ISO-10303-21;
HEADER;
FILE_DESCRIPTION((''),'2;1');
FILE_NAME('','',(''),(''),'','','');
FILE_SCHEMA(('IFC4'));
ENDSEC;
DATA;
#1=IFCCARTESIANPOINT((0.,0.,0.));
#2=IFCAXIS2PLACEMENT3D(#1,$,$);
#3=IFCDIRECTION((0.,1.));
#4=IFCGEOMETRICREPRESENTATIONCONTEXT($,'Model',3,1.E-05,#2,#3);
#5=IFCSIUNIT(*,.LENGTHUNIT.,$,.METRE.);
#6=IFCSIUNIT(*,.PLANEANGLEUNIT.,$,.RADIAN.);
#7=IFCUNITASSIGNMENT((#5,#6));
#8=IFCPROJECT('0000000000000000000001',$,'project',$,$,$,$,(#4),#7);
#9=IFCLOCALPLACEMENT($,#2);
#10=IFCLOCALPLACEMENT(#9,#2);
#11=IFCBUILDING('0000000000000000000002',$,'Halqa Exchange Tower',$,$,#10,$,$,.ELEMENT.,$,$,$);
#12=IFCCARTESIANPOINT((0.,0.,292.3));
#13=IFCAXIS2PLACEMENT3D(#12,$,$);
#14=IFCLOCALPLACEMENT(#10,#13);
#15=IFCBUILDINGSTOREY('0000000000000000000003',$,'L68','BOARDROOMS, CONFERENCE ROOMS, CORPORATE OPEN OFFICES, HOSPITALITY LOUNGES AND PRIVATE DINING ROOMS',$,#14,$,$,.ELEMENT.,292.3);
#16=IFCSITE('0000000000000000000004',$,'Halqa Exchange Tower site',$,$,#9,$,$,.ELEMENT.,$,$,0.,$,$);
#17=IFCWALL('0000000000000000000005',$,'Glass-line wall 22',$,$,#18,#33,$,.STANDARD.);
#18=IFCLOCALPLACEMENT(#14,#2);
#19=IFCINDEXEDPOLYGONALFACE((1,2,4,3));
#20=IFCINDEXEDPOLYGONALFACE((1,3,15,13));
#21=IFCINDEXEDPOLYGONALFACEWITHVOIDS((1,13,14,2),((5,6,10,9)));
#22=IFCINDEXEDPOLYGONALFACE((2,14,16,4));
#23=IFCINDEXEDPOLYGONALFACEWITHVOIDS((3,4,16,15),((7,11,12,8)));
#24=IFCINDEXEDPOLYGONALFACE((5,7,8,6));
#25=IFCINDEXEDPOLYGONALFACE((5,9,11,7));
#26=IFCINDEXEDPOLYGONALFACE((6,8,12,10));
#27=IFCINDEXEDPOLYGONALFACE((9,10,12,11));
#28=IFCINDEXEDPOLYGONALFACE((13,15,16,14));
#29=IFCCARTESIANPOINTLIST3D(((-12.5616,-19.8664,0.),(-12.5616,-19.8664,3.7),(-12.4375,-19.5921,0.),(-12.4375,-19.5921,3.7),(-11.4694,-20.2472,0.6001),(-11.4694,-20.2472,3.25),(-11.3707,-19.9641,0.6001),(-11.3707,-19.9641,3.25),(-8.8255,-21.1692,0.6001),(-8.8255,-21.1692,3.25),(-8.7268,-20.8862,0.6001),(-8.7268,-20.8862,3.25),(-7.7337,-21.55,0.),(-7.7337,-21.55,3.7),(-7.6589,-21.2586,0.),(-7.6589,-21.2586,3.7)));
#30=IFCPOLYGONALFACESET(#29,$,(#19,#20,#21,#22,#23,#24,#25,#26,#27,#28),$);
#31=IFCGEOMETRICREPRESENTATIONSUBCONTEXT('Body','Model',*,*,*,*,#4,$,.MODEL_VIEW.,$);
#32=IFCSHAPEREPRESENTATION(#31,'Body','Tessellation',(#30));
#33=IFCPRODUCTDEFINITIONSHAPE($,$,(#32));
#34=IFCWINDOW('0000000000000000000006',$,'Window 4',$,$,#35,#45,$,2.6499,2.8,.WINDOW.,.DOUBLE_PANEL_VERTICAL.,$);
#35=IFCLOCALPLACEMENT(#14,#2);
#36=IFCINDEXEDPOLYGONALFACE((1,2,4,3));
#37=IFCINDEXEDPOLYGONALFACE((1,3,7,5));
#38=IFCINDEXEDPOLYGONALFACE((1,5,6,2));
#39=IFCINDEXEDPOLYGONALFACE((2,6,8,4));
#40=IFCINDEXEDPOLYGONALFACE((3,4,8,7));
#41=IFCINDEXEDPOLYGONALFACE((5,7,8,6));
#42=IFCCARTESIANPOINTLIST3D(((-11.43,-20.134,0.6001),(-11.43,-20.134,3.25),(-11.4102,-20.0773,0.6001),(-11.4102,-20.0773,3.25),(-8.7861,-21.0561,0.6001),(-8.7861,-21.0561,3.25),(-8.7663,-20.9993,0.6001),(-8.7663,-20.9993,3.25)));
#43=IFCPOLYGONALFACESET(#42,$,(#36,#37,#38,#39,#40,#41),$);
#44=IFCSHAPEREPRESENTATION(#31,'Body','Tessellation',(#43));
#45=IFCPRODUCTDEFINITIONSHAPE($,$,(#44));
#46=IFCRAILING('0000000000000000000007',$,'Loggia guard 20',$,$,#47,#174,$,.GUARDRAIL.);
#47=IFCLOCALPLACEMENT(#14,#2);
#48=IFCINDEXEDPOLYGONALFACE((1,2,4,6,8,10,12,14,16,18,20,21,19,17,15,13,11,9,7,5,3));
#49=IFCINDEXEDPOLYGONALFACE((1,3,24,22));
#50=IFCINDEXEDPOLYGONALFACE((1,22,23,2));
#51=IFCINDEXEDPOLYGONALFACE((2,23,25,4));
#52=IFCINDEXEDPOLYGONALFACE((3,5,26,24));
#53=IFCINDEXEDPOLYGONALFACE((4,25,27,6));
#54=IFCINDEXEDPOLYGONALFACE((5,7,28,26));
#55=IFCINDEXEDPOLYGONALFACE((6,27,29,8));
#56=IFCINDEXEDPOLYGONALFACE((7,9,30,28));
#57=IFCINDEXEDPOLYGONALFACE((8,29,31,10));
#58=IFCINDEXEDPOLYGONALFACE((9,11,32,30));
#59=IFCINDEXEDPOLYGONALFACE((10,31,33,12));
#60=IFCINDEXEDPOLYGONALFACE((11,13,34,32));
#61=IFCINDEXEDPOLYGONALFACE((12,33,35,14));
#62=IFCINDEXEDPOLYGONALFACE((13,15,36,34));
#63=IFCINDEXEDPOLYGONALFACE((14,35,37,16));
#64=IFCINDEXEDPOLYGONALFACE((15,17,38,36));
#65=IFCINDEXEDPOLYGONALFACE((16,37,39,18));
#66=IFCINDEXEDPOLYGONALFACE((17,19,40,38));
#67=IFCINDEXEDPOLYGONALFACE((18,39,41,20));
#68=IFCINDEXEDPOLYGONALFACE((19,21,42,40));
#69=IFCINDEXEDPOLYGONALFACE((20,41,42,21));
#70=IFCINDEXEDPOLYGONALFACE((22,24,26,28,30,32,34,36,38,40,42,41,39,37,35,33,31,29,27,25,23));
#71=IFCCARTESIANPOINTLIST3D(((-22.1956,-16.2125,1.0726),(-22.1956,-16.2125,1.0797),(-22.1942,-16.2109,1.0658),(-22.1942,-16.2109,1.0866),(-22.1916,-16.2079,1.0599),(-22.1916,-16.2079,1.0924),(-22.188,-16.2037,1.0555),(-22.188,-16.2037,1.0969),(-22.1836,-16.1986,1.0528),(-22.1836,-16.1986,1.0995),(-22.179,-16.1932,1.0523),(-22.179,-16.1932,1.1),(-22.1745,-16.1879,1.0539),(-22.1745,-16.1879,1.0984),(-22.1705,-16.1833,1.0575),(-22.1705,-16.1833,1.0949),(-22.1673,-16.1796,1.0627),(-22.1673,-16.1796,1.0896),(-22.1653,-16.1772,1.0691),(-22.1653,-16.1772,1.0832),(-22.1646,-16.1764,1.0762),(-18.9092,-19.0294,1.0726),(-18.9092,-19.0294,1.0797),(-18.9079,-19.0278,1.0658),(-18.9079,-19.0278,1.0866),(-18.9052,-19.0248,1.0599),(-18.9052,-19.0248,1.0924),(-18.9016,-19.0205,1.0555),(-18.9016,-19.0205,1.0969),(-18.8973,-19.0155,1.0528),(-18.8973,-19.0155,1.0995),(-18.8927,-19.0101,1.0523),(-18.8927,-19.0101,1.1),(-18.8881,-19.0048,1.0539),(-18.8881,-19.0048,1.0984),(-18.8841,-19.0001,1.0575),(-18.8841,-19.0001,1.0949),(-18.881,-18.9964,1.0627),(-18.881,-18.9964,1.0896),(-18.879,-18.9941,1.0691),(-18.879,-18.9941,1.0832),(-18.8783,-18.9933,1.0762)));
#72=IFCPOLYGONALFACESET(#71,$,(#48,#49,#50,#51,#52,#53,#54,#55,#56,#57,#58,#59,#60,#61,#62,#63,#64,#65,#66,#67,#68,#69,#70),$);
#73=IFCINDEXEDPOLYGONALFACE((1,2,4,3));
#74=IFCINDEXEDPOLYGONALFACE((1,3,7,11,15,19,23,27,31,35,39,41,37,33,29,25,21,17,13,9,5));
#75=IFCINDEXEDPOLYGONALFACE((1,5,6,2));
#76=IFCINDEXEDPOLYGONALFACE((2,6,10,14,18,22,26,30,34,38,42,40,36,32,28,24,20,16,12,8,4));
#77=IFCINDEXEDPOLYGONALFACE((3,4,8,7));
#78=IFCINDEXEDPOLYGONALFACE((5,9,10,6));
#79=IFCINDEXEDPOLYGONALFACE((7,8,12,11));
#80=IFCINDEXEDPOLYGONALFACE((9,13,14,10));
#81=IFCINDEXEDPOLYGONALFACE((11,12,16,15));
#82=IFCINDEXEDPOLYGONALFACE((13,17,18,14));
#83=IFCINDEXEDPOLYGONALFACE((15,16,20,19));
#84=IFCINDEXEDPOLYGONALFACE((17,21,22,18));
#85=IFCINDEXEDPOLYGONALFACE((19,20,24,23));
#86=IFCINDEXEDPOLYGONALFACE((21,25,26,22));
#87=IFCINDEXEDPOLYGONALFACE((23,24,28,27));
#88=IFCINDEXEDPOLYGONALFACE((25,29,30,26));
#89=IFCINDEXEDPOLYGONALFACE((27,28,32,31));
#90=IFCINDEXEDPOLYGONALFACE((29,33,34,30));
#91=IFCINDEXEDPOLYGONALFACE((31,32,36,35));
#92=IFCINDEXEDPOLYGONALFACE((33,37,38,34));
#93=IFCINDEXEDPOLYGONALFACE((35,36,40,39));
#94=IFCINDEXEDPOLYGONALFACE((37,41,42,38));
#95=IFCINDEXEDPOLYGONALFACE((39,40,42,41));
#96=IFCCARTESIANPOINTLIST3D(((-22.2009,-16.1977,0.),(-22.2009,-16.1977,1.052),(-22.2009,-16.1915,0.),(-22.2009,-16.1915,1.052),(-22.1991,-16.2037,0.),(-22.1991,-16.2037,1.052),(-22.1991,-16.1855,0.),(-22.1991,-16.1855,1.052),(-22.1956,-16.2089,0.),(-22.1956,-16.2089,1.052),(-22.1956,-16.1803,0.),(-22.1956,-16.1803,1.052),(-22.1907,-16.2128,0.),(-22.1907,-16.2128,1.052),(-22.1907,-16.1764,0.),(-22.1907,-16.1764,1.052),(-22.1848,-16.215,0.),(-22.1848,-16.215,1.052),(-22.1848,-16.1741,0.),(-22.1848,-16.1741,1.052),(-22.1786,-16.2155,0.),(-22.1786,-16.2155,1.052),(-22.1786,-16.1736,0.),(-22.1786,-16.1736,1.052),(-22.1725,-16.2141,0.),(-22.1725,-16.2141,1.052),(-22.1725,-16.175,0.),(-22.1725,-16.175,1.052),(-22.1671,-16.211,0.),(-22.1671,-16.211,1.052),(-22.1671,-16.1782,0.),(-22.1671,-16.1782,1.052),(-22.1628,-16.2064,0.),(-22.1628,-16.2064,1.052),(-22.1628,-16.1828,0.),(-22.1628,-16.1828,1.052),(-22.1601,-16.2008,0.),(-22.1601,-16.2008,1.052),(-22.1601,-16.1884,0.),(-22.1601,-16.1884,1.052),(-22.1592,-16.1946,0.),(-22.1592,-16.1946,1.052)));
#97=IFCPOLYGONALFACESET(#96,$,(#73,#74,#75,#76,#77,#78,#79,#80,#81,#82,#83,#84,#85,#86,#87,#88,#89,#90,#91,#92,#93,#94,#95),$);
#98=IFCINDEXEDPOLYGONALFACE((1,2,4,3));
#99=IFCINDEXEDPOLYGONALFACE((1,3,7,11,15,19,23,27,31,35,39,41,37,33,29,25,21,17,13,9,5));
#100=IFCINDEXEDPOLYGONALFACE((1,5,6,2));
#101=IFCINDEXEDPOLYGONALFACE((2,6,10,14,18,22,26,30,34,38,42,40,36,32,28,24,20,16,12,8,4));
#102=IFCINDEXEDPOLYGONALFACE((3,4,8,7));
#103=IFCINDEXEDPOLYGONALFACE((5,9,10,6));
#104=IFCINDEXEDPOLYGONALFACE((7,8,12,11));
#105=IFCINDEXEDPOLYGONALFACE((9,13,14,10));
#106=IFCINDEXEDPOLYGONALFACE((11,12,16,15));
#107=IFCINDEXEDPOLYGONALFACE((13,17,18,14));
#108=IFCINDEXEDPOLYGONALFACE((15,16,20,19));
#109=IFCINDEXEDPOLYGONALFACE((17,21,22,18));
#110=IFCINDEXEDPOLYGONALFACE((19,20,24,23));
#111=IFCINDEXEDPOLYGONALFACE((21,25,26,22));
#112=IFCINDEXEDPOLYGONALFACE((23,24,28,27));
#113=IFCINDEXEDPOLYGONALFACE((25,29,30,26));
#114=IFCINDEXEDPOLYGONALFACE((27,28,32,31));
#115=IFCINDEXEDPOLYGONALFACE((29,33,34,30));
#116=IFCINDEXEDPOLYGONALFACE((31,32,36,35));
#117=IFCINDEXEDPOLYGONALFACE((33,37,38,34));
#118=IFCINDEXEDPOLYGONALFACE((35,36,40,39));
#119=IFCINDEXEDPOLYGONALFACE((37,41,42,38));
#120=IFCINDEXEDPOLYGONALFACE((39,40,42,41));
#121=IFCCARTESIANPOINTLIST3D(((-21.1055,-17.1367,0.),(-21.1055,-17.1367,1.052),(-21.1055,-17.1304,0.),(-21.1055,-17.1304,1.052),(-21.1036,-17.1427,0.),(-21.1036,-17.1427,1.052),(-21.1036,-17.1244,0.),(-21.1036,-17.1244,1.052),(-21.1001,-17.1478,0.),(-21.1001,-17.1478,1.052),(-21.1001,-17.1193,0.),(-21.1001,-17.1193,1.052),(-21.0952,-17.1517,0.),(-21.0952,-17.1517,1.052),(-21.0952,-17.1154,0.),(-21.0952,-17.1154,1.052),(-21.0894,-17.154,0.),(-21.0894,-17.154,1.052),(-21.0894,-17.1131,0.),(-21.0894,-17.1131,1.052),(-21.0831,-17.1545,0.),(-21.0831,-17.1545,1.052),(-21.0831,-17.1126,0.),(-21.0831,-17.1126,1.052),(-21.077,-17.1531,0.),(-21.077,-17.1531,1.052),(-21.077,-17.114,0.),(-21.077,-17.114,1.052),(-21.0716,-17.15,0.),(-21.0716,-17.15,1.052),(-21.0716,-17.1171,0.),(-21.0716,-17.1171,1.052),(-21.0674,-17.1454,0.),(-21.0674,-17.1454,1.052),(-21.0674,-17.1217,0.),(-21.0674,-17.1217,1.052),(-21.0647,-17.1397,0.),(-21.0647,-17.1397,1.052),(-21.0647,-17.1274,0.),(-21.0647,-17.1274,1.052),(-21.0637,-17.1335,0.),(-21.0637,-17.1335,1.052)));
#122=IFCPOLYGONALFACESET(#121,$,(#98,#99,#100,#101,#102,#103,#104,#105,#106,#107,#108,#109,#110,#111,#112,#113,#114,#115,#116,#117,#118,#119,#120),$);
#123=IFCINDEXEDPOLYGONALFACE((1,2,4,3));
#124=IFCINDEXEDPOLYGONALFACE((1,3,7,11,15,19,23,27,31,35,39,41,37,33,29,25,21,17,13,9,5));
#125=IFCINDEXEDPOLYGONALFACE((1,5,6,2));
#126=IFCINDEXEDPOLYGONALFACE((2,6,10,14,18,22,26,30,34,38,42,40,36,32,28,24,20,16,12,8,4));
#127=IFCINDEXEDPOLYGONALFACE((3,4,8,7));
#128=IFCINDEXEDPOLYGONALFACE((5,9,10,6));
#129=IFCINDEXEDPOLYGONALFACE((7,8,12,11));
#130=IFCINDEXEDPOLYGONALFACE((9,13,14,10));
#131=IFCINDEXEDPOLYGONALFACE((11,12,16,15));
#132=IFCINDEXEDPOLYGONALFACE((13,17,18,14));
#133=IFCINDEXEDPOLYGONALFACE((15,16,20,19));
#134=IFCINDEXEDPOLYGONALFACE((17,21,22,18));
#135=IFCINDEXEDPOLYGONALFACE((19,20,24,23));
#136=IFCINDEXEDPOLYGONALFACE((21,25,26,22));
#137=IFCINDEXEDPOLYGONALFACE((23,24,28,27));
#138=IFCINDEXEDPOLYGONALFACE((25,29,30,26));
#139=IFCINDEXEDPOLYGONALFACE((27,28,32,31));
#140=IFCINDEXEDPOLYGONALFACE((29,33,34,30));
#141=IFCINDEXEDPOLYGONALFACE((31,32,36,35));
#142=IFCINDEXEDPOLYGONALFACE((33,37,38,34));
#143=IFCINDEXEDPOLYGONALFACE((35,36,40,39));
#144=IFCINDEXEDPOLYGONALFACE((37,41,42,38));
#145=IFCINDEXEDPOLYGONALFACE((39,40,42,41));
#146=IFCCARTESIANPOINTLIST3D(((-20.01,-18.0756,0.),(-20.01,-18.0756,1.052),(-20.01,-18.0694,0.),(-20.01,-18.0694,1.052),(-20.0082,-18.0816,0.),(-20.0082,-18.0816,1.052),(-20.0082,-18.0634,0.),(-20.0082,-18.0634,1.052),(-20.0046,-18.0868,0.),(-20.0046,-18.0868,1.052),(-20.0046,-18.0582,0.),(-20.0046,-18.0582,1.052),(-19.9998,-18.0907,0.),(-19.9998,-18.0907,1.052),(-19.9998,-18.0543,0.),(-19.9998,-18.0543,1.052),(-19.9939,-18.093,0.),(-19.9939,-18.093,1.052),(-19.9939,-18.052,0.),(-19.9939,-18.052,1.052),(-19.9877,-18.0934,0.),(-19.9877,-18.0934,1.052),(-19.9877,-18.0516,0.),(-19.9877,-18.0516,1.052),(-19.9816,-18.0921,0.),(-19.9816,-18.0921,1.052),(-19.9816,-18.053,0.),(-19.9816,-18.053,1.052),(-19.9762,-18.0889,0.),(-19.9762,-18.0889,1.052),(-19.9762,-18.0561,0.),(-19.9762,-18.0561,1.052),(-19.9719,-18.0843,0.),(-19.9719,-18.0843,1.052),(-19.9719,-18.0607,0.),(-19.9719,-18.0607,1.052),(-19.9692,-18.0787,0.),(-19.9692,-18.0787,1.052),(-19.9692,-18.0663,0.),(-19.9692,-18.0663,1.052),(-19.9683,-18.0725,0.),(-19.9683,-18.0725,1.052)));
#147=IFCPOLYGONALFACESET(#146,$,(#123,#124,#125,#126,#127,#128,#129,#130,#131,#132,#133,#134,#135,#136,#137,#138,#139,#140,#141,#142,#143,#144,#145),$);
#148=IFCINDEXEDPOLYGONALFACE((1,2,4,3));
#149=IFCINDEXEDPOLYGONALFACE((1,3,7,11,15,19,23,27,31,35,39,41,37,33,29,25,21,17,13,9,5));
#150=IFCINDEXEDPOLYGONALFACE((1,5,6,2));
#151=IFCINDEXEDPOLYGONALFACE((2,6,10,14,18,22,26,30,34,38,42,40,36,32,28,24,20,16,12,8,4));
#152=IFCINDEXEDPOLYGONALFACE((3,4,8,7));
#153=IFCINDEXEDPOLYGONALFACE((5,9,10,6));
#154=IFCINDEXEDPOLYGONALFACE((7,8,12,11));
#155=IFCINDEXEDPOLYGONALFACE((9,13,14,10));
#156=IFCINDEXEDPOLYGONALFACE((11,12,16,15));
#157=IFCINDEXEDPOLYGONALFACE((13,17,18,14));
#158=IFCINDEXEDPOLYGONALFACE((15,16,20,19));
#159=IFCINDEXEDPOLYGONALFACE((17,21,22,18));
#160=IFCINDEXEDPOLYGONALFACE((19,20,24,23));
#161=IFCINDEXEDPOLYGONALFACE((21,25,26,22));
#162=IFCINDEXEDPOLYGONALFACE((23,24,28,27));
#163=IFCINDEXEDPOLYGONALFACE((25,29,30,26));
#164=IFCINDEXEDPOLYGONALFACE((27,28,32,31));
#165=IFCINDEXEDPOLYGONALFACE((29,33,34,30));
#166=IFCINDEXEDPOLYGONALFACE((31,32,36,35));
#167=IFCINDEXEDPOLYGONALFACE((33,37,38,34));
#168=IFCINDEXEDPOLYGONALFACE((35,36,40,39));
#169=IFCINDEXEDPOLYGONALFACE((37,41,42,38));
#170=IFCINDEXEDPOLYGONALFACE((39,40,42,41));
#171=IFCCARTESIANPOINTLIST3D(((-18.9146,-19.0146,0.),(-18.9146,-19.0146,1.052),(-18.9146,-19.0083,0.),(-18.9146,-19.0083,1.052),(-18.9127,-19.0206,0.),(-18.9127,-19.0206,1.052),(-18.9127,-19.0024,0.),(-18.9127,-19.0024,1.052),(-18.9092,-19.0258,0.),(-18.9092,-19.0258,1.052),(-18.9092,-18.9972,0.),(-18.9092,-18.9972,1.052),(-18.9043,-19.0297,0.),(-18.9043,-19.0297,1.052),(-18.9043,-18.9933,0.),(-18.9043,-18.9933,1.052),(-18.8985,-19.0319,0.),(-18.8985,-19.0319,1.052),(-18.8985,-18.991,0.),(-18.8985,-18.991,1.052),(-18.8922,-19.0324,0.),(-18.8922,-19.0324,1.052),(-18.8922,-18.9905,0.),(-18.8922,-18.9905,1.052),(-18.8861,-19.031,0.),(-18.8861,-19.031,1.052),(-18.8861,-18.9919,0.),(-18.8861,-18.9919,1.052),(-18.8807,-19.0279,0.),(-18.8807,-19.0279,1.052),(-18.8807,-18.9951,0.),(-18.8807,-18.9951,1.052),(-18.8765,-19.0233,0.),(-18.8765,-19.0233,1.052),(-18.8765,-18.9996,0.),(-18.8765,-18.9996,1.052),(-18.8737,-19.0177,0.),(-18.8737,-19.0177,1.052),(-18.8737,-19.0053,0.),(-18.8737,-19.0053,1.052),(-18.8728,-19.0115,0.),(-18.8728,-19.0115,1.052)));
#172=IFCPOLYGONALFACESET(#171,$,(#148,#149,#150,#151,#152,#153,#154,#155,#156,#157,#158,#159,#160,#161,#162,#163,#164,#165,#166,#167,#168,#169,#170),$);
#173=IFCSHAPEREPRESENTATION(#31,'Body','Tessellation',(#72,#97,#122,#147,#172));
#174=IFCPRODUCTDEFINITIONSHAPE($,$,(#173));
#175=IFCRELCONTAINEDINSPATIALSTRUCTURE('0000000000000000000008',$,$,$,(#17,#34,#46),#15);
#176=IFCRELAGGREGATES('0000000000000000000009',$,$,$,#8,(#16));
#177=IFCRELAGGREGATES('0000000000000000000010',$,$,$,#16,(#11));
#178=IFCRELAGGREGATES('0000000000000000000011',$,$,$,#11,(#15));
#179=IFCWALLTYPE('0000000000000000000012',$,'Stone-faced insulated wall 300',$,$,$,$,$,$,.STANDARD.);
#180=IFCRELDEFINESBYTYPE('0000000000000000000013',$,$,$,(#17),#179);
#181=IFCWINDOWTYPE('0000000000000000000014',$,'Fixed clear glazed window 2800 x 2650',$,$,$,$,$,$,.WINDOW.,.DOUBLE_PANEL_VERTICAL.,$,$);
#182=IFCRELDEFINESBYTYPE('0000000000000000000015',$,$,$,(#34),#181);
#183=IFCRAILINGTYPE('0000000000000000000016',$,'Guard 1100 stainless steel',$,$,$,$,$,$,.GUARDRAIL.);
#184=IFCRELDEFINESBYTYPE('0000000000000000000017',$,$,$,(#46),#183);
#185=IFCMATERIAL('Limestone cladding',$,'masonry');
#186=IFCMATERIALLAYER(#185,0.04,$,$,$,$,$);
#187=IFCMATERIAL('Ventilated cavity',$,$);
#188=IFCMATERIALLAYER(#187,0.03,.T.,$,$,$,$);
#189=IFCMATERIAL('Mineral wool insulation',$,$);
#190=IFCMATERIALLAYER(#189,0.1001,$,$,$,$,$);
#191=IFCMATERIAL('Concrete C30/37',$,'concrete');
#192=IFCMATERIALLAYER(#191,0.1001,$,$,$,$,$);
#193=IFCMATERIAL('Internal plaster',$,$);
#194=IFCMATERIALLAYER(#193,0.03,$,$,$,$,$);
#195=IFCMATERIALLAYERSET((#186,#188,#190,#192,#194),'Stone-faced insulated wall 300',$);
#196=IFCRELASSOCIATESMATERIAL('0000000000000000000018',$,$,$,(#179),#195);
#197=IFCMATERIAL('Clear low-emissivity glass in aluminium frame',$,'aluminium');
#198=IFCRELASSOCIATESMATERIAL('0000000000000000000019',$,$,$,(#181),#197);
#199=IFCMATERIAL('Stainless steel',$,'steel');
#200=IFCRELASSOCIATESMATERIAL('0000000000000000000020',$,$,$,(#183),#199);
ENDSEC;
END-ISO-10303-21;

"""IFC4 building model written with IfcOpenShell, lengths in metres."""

from ifc_helpers import new_model, si_unit, direction, frame, frame_2d, origin, origin_2d, place, context, subcontext, project, spatial, polyline, rectangle, circle, outline, extrude, material, layer, layer_set, type_object, element, fill, save


model = new_model("IFC4")

# Units and contexts
model_context = context("Model", 3, precision=1e-05, world=origin(), true_north=direction((0.0, 1.0)))
body_context = subcontext(model_context, "Body", "Model", "MODEL_VIEW")
ifc_project = project(units=[si_unit("LENGTHUNIT", "METRE"), si_unit("PLANEANGLEUNIT", "RADIAN")], contexts=[model_context])

# Site, building, storey
site_placement = place(None, origin())
site = spatial("IfcSite", under=ifc_project, at=site_placement, Name="Halqa Exchange Tower site", CompositionType="ELEMENT", RefElevation=0.0)
building_placement = place(site_placement, origin())
building = spatial("IfcBuilding", under=site, at=building_placement, Name="Halqa Exchange Tower", CompositionType="ELEMENT")
storey_placement = place(building_placement, frame((0.0, 0.0, 292.3)))
storey = spatial("IfcBuildingStorey", under=building, at=storey_placement, Name="L68", Description="BOARDROOMS, CONFERENCE ROOMS, CORPORATE OPEN OFFICES, HOSPITALITY LOUNGES AND PRIVATE DINING ROOMS", CompositionType="ELEMENT", Elevation=292.3)

# Shared definitions
ifc_material_1 = material(Name="Limestone cladding", Category="masonry")
ifc_layer_1 = layer(ifc_material_1, 0.04)
ifc_material_2 = material(Name="Ventilated cavity")
ifc_layer_2 = layer(ifc_material_2, 0.03, ventilated=True)
ifc_material_3 = material(Name="Mineral wool insulation")
ifc_layer_3 = layer(ifc_material_3, 0.1001)
ifc_material_4 = material(Name="Concrete C30/37", Category="concrete")
ifc_layer_4 = layer(ifc_material_4, 0.1001)
ifc_material_5 = material(Name="Internal plaster")
ifc_layer_5 = layer(ifc_material_5, 0.03)
ifc_layer_set_1 = layer_set([ifc_layer_1, ifc_layer_2, ifc_layer_3, ifc_layer_4, ifc_layer_5], Name="Stone-faced insulated wall 300")
wall_type_1 = type_object("IfcWallType", Name="Stone-faced insulated wall 300", PredefinedType="STANDARD", material=ifc_layer_set_1)
ifc_material_6 = material(Name="Clear low-emissivity glass in aluminium frame", Category="aluminium")

# Wall, opening, window
window_type = type_object("IfcWindowType", Name="Fixed clear glazed window 2800 x 2650", PartitioningType="DOUBLE_PANEL_VERTICAL", PredefinedType="WINDOW", material=ifc_material_6)
wall_1_placement = place(storey_placement, frame((-12.4995, -19.7292, 0.0), z_axis=(0.0, 0.0, 1.0), x_axis=(0.94423, -0.329286, 0.0)))
wall_1 = element("IfcWall", 1, at=wall_1_placement, inside=storey, type_object=wall_type_1, Name="Glass-line wall 22", PredefinedType="STANDARD", context=body_context, shape_type="SweptSolid", body=[
    extrude(outline(polyline([(-0.0134, -0.1499), (5.0996, -0.1499), (5.0742, 0.1499), (0.0134, 0.1499), (-0.0134, -0.1499)])), origin(), (0.0, 0.0, 1.0), 3.7),
])
opening_1_placement = place(wall_1_placement, frame((1.1433, 0.0, 0.6001)))
opening_1 = element("IfcOpeningElement", 2, at=opening_1_placement, cuts=wall_1, PredefinedType="OPENING", context=body_context, shape_type="SweptSolid", body=[
    extrude(rectangle(XDim=2.8, YDim=2.6499, at=frame_2d((1.3999, 1.325))), frame((0.0, 0.1621, 0.0), z_axis=(0.0, -1.0, 0.0), x_axis=(1.0, 0.0, 0.0)), (0.0, 0.0, 1.0), 0.324),
])
window_1_placement = place(opening_1_placement, origin())
window_1 = element("IfcWindow", 3, at=window_1_placement, inside=storey, type_object=window_type, Name="Window 4", OverallHeight=2.6499, OverallWidth=2.8, PartitioningType="DOUBLE_PANEL_VERTICAL", PredefinedType="WINDOW", context=body_context, shape_type="SweptSolid", body=[
    extrude(rectangle(XDim=2.8, YDim=2.6499, at=frame_2d((1.3999, 1.325))), frame((0.0, 0.03, 0.0), z_axis=(0.0, -1.0, 0.0), x_axis=(1.0, 0.0, 0.0)), (0.0, 0.0, 1.0), 0.0601),
])
fill(opening_1, window_1)

# Railing
ifc_material_7 = material(Name="Stainless steel", Category="steel")
railing_type = type_object("IfcRailingType", Name="Guard 1100 stainless steel", PredefinedType="GUARDRAIL", material=ifc_material_7)
railing_1_placement = place(storey_placement, frame((-22.1802, -16.1946, 0.0)))
element("IfcRailing", 4, at=railing_1_placement, inside=storey, type_object=railing_type, Name="Loggia guard 20", PredefinedType="GUARDRAIL", context=body_context, shape_type="SweptSolid", body=[
    extrude(circle(Radius=0.0239, at=origin_2d()), frame((0.0, 0.0, 1.0762), z_axis=(0.759257, -0.650791, 0.0), x_axis=(0.650791, 0.759257, 0.0)), (0.0, 0.0, 1.0), 4.3284),
    extrude(circle(Radius=0.021, at=origin_2d()), origin(), (0.0, 0.0, 1.0), 1.052),
    extrude(circle(Radius=0.021, at=origin_2d()), frame((1.0955, -0.939, 0.0)), (0.0, 0.0, 1.0), 1.052),
    extrude(circle(Radius=0.021, at=origin_2d()), frame((2.1909, -1.8779, 0.0)), (0.0, 0.0, 1.0), 1.052),
    extrude(circle(Radius=0.021, at=origin_2d()), frame((3.2864, -2.8169, 0.0)), (0.0, 0.0, 1.0), 1.052),
])

save(model, "model.ifc")
